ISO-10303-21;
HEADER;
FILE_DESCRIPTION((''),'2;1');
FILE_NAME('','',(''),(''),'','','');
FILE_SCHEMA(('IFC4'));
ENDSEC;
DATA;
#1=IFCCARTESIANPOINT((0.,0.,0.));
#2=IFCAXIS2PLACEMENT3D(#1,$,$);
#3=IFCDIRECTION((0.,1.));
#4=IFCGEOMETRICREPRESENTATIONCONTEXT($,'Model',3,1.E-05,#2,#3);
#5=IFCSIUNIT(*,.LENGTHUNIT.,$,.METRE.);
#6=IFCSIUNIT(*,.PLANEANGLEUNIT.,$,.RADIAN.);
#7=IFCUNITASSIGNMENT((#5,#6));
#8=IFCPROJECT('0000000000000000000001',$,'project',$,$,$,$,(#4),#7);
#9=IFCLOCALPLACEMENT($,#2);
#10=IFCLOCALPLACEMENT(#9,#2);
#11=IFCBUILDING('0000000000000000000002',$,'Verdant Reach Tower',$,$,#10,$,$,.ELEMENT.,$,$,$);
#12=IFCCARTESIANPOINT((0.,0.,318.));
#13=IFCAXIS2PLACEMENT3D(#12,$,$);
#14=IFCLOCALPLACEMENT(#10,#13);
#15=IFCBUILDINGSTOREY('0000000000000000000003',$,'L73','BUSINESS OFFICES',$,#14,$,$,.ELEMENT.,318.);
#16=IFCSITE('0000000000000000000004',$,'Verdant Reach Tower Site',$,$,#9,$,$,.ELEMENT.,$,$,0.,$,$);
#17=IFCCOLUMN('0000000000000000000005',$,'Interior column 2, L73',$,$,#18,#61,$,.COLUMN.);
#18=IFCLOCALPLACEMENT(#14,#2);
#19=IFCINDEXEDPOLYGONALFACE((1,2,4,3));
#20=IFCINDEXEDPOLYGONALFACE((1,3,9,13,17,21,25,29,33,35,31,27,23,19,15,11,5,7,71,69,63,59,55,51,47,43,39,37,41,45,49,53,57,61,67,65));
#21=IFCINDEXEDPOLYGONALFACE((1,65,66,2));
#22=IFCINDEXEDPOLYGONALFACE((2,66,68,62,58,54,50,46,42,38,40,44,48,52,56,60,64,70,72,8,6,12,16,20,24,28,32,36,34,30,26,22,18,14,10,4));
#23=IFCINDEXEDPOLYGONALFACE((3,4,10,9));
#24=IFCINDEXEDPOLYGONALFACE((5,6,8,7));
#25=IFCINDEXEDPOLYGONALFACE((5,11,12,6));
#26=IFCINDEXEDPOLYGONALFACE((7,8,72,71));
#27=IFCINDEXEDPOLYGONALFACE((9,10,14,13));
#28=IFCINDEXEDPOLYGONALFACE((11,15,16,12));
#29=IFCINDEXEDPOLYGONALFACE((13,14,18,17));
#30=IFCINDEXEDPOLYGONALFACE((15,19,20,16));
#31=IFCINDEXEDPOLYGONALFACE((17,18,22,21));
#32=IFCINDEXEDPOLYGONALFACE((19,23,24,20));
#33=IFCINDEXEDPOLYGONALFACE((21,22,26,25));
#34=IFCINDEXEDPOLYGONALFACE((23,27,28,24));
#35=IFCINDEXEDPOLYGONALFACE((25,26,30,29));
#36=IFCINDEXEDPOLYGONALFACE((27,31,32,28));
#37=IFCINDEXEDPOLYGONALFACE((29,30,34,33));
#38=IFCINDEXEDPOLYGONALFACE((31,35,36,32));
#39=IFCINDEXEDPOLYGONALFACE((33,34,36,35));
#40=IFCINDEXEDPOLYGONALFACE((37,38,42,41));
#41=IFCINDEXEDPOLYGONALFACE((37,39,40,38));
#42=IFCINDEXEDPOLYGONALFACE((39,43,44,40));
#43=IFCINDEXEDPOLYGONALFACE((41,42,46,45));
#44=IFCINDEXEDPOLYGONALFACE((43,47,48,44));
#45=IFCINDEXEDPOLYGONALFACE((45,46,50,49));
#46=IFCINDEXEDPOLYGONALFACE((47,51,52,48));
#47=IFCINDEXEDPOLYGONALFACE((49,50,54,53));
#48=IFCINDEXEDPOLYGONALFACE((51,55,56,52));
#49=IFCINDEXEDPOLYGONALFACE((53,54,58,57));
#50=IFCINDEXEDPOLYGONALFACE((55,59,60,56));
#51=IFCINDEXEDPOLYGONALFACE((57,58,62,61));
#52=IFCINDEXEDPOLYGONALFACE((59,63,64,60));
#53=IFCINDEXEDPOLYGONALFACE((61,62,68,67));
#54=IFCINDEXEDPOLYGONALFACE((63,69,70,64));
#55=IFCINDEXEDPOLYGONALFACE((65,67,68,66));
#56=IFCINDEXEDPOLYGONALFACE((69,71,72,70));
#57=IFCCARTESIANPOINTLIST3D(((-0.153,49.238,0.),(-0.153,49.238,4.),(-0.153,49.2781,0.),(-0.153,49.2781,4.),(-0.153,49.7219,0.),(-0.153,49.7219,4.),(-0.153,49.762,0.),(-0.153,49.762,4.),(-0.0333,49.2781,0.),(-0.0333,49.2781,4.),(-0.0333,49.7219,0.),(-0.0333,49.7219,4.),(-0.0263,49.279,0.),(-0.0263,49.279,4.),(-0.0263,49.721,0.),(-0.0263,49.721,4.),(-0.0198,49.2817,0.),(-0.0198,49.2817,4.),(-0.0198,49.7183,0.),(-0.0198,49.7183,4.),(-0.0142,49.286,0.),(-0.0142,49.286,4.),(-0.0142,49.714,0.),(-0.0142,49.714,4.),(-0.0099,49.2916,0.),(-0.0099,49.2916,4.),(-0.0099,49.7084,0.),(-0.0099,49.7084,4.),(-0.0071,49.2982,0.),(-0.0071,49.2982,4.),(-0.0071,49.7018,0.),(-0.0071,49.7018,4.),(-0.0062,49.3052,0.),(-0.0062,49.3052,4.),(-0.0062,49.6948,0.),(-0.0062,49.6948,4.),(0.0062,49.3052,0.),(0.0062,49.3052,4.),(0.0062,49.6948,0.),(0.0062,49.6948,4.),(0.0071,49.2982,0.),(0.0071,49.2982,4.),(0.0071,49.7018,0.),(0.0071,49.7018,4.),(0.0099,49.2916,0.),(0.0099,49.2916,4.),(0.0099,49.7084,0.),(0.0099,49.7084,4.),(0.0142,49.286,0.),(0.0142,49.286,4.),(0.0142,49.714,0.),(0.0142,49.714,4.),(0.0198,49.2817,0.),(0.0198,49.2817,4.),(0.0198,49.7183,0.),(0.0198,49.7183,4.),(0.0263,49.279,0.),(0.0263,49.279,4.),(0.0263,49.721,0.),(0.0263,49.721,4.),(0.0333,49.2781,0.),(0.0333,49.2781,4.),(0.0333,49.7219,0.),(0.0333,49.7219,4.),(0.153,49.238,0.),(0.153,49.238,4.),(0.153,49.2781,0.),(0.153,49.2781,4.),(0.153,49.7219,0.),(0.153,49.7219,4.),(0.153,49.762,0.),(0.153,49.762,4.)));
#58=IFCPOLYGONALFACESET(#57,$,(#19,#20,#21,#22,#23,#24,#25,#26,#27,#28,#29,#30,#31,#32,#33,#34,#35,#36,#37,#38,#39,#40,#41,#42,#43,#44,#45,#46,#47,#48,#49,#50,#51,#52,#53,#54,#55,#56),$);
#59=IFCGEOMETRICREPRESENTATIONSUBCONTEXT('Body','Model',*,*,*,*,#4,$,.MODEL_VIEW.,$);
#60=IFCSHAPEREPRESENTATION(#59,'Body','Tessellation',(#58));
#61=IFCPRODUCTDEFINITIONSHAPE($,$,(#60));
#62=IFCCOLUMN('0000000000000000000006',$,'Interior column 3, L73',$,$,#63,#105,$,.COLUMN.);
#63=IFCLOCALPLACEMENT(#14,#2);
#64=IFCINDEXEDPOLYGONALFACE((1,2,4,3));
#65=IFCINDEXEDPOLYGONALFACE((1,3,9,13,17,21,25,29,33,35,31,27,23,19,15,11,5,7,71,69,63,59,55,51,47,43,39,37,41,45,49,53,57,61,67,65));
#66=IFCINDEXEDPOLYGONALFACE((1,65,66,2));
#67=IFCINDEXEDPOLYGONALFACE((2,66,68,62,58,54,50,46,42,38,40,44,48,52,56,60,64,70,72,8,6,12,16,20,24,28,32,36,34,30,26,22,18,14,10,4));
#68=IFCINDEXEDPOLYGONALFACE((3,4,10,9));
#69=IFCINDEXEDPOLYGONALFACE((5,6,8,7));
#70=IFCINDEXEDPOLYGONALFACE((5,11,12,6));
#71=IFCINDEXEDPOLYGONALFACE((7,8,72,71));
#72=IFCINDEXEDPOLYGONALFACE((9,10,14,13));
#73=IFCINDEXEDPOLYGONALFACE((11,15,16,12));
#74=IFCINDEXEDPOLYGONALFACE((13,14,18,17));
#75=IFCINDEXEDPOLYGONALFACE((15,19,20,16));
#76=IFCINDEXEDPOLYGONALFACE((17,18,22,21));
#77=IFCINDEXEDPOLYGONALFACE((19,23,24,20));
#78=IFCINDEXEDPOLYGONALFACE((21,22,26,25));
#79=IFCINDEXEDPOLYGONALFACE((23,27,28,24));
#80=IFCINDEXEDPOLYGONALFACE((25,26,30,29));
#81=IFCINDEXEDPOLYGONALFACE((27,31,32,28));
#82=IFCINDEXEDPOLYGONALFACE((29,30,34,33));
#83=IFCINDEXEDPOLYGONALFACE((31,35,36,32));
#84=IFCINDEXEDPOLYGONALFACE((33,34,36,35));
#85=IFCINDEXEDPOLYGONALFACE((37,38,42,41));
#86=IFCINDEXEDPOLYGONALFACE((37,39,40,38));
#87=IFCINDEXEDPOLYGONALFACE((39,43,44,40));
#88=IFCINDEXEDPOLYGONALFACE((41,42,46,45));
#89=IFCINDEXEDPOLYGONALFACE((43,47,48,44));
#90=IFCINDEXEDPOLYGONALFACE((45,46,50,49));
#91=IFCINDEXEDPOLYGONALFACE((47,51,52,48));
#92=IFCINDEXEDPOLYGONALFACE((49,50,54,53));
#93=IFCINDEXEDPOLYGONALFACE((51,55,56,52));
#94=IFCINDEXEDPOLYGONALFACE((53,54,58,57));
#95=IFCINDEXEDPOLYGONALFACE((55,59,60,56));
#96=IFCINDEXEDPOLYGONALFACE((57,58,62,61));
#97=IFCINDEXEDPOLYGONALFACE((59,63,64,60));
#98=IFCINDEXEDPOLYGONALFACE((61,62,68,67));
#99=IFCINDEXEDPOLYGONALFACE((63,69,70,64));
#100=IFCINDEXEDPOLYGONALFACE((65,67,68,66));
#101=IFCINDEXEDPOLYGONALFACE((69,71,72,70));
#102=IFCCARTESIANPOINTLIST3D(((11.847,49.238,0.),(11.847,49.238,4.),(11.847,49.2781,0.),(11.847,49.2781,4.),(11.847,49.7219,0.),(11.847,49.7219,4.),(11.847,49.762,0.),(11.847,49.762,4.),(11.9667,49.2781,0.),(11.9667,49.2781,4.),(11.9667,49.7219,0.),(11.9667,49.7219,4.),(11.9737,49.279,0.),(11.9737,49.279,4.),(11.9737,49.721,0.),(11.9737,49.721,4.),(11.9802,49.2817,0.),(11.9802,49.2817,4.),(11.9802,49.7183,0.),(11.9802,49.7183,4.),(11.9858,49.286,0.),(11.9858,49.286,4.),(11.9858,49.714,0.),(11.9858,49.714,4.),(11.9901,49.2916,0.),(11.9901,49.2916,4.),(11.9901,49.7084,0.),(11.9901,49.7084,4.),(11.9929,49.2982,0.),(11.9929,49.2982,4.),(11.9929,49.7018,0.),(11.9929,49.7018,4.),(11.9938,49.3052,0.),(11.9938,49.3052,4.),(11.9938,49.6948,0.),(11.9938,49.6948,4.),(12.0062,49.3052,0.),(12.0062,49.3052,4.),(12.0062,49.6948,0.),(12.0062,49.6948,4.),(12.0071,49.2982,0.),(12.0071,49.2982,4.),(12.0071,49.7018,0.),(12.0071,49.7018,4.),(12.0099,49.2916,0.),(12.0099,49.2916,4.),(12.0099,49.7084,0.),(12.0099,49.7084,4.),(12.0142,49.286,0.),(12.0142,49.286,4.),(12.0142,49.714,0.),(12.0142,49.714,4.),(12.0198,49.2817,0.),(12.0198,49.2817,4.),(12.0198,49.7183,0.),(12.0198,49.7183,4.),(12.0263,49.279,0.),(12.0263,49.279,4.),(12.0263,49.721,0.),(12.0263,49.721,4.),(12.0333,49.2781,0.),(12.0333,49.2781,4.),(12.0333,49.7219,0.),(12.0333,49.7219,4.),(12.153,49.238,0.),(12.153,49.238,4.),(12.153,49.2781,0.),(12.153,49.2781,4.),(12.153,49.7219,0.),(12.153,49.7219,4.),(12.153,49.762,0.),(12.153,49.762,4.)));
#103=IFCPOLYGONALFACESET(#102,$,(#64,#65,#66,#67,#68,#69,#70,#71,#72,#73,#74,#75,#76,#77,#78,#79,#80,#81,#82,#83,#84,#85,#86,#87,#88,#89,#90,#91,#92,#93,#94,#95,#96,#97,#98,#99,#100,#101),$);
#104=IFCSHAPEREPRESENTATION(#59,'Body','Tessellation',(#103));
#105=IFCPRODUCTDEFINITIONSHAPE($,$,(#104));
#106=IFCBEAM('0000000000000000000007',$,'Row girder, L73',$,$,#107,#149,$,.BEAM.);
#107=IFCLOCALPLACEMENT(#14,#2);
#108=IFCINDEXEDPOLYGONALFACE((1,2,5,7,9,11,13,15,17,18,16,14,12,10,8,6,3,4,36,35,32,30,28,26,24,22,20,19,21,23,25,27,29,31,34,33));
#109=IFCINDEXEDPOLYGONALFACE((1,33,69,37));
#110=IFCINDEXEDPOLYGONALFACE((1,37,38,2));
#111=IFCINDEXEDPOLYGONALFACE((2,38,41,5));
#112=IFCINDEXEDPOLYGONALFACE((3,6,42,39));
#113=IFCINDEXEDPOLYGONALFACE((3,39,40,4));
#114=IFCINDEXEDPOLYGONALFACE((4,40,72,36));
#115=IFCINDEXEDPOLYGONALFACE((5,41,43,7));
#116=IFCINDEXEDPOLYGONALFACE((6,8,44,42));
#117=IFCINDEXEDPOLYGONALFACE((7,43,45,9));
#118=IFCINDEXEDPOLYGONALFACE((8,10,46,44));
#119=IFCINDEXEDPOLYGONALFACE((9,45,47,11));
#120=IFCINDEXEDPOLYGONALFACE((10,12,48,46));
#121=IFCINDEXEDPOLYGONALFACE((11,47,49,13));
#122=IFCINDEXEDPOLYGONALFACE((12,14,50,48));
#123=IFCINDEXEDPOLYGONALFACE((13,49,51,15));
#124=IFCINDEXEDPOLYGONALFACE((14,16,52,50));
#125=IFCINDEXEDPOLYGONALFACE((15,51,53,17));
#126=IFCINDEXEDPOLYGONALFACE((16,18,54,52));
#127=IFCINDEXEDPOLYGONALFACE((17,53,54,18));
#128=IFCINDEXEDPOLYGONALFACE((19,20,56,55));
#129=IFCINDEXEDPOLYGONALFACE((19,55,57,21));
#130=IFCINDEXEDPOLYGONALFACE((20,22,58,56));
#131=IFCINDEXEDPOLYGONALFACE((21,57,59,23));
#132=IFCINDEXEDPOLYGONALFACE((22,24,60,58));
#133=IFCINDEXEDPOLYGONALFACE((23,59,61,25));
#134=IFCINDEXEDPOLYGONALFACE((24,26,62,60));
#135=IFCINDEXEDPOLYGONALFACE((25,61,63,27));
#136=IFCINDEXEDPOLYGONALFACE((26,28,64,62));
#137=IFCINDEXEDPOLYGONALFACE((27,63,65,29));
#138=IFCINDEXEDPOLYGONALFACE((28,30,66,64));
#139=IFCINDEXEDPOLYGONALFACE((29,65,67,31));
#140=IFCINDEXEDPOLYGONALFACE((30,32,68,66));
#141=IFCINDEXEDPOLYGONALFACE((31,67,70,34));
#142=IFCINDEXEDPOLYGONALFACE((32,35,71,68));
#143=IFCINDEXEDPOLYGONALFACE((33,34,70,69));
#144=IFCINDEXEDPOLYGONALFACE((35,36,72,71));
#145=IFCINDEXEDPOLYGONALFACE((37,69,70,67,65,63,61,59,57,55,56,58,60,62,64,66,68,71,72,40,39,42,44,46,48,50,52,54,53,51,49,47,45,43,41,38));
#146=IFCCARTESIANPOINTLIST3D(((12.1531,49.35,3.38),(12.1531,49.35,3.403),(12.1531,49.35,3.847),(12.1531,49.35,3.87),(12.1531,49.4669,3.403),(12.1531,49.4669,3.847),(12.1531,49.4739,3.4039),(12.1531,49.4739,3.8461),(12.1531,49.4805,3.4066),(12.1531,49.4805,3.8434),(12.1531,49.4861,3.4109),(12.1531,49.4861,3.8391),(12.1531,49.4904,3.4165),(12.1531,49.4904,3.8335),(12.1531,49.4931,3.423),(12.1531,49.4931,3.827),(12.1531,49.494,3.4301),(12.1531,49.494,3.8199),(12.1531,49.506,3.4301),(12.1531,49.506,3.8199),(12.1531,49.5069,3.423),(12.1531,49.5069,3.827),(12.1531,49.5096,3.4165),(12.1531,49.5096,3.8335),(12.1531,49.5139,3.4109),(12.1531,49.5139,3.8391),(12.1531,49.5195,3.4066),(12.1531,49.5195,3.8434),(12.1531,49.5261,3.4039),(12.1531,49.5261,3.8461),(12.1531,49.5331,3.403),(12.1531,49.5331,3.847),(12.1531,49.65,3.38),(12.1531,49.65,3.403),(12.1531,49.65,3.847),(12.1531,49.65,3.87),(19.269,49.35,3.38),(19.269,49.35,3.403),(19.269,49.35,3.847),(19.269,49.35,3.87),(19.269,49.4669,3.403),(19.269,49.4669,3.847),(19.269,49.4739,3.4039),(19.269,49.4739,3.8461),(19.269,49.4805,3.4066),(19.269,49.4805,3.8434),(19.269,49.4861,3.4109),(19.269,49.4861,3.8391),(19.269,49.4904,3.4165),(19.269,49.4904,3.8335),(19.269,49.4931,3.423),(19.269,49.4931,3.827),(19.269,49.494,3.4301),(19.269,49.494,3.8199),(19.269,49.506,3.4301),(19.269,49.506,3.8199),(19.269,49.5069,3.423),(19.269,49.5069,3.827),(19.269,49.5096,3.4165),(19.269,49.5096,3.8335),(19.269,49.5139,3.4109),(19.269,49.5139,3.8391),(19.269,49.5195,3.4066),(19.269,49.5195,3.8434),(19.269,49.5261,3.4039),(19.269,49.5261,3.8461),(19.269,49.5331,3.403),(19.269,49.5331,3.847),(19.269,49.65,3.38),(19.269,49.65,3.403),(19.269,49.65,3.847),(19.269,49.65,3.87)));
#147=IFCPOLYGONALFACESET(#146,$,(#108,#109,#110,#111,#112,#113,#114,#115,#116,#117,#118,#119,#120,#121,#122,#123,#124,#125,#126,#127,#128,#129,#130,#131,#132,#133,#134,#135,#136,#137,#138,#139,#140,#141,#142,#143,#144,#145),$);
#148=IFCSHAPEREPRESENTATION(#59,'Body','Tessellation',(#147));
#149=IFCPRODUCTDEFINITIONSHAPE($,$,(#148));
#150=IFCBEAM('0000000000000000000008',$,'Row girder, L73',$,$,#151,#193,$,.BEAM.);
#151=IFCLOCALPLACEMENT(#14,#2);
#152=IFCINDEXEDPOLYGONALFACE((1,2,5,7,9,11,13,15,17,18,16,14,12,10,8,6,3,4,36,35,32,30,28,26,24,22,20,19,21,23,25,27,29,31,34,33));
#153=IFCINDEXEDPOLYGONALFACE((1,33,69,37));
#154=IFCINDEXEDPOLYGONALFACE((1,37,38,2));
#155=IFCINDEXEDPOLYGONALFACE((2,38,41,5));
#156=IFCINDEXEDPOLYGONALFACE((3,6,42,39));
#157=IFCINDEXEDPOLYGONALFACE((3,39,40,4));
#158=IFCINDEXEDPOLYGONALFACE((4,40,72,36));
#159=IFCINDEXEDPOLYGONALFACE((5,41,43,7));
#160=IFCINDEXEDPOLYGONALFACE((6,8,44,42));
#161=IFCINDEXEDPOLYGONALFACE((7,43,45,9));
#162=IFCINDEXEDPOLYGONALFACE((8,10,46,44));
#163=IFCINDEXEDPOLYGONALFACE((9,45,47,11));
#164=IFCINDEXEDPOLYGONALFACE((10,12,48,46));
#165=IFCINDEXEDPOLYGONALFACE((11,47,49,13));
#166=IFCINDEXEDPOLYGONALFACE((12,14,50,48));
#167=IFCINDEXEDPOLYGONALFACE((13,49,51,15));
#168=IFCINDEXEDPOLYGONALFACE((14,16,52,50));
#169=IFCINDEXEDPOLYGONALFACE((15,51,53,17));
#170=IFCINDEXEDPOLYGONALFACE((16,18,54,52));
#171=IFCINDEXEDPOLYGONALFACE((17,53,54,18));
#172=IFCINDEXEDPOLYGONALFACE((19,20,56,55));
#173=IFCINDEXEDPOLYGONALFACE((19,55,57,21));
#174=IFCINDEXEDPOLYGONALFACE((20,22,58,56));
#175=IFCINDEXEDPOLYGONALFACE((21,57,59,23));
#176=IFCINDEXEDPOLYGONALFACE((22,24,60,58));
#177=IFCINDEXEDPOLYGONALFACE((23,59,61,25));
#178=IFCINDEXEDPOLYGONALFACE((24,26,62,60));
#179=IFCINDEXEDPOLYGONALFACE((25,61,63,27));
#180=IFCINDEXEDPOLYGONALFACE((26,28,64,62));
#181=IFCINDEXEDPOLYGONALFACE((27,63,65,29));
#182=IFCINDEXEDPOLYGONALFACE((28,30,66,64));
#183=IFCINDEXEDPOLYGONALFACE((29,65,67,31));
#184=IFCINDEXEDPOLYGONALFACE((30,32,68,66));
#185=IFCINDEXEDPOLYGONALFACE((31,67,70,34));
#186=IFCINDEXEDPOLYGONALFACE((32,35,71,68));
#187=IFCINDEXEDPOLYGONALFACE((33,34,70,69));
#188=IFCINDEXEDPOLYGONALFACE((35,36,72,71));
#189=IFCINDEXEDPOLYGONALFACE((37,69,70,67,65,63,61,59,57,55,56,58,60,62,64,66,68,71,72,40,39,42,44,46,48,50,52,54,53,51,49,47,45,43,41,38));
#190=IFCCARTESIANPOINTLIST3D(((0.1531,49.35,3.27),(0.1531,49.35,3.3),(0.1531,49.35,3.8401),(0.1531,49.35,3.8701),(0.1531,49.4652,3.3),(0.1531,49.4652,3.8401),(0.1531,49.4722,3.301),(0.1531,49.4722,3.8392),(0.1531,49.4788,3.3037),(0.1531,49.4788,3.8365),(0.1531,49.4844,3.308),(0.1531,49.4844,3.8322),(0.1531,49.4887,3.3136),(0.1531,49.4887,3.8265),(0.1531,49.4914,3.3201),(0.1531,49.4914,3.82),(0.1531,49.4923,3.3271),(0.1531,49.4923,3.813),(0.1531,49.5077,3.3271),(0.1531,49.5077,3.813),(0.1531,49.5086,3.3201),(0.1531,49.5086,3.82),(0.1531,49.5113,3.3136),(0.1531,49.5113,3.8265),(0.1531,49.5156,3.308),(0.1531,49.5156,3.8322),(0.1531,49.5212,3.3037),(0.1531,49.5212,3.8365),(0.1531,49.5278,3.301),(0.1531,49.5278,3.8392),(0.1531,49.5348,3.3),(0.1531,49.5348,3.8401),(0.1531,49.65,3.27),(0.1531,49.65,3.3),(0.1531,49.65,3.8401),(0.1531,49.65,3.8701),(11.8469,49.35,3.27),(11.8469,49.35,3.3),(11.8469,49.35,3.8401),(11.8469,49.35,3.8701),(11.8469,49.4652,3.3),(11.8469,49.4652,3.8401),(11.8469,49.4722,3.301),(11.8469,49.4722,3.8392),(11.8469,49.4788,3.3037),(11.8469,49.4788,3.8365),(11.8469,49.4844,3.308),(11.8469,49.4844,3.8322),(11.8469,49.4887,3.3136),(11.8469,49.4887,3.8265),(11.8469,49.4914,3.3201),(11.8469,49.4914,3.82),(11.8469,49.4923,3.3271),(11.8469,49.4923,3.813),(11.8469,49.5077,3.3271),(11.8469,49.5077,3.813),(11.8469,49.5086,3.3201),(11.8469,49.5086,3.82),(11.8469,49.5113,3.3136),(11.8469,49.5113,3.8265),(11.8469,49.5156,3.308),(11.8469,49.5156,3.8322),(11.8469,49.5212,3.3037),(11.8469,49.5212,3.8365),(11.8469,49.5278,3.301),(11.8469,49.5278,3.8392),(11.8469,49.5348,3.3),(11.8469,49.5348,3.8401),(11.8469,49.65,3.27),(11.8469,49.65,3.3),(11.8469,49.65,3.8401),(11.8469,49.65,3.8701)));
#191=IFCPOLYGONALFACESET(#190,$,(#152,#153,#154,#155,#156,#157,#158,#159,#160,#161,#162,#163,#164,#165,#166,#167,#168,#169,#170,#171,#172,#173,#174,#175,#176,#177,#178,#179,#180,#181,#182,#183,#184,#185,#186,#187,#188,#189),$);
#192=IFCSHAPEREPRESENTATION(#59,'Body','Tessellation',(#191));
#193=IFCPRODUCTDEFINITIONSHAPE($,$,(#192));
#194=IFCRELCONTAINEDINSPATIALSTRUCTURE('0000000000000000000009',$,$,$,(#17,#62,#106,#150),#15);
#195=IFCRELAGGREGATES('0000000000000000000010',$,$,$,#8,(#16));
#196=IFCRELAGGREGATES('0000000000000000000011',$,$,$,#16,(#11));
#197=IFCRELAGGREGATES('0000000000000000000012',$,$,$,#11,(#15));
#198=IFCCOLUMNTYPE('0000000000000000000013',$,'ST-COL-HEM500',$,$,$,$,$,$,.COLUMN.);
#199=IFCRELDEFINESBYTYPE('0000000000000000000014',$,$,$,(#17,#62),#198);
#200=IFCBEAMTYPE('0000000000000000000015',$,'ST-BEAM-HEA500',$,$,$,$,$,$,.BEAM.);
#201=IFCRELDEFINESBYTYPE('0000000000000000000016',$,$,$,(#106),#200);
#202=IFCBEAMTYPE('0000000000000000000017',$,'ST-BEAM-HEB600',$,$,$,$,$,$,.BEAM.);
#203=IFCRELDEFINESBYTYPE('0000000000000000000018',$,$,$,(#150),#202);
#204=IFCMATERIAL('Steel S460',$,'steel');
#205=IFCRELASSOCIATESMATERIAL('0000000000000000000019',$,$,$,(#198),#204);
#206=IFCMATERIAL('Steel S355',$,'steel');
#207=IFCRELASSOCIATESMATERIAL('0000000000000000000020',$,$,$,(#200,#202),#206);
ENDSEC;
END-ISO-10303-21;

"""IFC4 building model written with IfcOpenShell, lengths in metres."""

from ifc_helpers import new_model, si_unit, direction, frame, origin, origin_2d, place, context, subcontext, project, spatial, i_section, extrude, material, material_profile, profile_set, type_object, element, save


model = new_model("IFC4")

# Units and contexts
model_context = context("Model", 3, precision=1e-05, world=origin(), true_north=direction((0.0, 1.0)))
body_context = subcontext(model_context, "Body", "Model", "MODEL_VIEW")
ifc_project = project(units=[si_unit("LENGTHUNIT", "METRE"), si_unit("PLANEANGLEUNIT", "RADIAN")], contexts=[model_context])

# Site, building, storey
site_placement = place(None, origin())
site = spatial("IfcSite", under=ifc_project, at=site_placement, Name="Verdant Reach Tower Site", CompositionType="ELEMENT", RefElevation=0.0)
building_placement = place(site_placement, origin())
building = spatial("IfcBuilding", under=site, at=building_placement, Name="Verdant Reach Tower", CompositionType="ELEMENT")
storey_placement = place(building_placement, frame((0.0, 0.0, 318.0)))
storey = spatial("IfcBuildingStorey", under=building, at=storey_placement, Name="L73", Description="BUSINESS OFFICES", CompositionType="ELEMENT", Elevation=318.0)

# Columns
ifc_material_1 = material(Name="Steel S460", Category="steel")
ifc_material_profile_1 = material_profile(ifc_material_1, i_section(OverallWidth=0.3059, OverallDepth=0.5239, WebThickness=0.0125, FlangeThickness=0.04, FilletRadius=0.0271, at=origin_2d()), Name="HEM 500")
ifc_profile_set_1 = profile_set([ifc_material_profile_1], Name="Steel S460")
column_type = type_object("IfcColumnType", Name="ST-COL-HEM500", PredefinedType="COLUMN", material=ifc_profile_set_1)
for number, where, z_axis, x_axis, name in (
    (1, (0.0, 49.5, 0.0), (0.0, 0.0, 1.0), (1.0, 0.0, 0.0), "Interior column 2, L73"),
    (2, (12.0, 49.5, 0.0), (0.0, 0.0, 1.0), (1.0, 0.0, 0.0), "Interior column 3, L73"),
):
    element("IfcColumn", number, at=place(storey_placement, frame(where, z_axis=z_axis, x_axis=x_axis)), inside=storey, type_object=column_type, Name=name, PredefinedType="COLUMN", context=body_context, shape_type="SweptSolid", body=[
        extrude(i_section(OverallWidth=0.3059, OverallDepth=0.5239, WebThickness=0.0125, FlangeThickness=0.04, FilletRadius=0.0271, at=origin_2d()), origin(), (0.0, 0.0, 1.0), 4.0),
    ])

# Beams
ifc_material_2 = material(Name="Steel S355", Category="steel")
ifc_material_profile_2 = material_profile(ifc_material_2, i_section(OverallWidth=0.3, OverallDepth=0.49, WebThickness=0.012, FlangeThickness=0.0229, FilletRadius=0.0271, at=origin_2d()), Name="HEA 500")
ifc_profile_set_2 = profile_set([ifc_material_profile_2], Name="Steel S355")
beam_type_1 = type_object("IfcBeamType", Name="ST-BEAM-HEA500", PredefinedType="BEAM", material=ifc_profile_set_2)
beam_1_placement = place(storey_placement, frame((12.1531, 49.5, 3.625), z_axis=(1.0, 0.0, 0.0), x_axis=(0.0, 1.0, 0.0)))
element("IfcBeam", 3, at=beam_1_placement, inside=storey, type_object=beam_type_1, Name="Row girder, L73", PredefinedType="BEAM", context=body_context, shape_type="SweptSolid", body=[
    extrude(i_section(OverallWidth=0.3, OverallDepth=0.49, WebThickness=0.012, FlangeThickness=0.0229, FilletRadius=0.0271, at=origin_2d()), origin(), (0.0, 0.0, 1.0), 7.116),
])
ifc_material_profile_3 = material_profile(ifc_material_2, i_section(OverallWidth=0.3, OverallDepth=0.6001, WebThickness=0.0154, FlangeThickness=0.03, FilletRadius=0.0271, at=origin_2d()), Name="HEB 600")
ifc_profile_set_3 = profile_set([ifc_material_profile_3], Name="Steel S355")
beam_type_2 = type_object("IfcBeamType", Name="ST-BEAM-HEB600", PredefinedType="BEAM", material=ifc_profile_set_3)
beam_2_placement = place(storey_placement, frame((0.1531, 49.5, 3.5701), z_axis=(1.0, 0.0, 0.0), x_axis=(0.0, 1.0, 0.0)))
element("IfcBeam", 4, at=beam_2_placement, inside=storey, type_object=beam_type_2, Name="Row girder, L73", PredefinedType="BEAM", context=body_context, shape_type="SweptSolid", body=[
    extrude(i_section(OverallWidth=0.3, OverallDepth=0.6001, WebThickness=0.0154, FlangeThickness=0.03, FilletRadius=0.0271, at=origin_2d()), origin(), (0.0, 0.0, 1.0), 11.6938),
])

save(model, "model.ifc")
